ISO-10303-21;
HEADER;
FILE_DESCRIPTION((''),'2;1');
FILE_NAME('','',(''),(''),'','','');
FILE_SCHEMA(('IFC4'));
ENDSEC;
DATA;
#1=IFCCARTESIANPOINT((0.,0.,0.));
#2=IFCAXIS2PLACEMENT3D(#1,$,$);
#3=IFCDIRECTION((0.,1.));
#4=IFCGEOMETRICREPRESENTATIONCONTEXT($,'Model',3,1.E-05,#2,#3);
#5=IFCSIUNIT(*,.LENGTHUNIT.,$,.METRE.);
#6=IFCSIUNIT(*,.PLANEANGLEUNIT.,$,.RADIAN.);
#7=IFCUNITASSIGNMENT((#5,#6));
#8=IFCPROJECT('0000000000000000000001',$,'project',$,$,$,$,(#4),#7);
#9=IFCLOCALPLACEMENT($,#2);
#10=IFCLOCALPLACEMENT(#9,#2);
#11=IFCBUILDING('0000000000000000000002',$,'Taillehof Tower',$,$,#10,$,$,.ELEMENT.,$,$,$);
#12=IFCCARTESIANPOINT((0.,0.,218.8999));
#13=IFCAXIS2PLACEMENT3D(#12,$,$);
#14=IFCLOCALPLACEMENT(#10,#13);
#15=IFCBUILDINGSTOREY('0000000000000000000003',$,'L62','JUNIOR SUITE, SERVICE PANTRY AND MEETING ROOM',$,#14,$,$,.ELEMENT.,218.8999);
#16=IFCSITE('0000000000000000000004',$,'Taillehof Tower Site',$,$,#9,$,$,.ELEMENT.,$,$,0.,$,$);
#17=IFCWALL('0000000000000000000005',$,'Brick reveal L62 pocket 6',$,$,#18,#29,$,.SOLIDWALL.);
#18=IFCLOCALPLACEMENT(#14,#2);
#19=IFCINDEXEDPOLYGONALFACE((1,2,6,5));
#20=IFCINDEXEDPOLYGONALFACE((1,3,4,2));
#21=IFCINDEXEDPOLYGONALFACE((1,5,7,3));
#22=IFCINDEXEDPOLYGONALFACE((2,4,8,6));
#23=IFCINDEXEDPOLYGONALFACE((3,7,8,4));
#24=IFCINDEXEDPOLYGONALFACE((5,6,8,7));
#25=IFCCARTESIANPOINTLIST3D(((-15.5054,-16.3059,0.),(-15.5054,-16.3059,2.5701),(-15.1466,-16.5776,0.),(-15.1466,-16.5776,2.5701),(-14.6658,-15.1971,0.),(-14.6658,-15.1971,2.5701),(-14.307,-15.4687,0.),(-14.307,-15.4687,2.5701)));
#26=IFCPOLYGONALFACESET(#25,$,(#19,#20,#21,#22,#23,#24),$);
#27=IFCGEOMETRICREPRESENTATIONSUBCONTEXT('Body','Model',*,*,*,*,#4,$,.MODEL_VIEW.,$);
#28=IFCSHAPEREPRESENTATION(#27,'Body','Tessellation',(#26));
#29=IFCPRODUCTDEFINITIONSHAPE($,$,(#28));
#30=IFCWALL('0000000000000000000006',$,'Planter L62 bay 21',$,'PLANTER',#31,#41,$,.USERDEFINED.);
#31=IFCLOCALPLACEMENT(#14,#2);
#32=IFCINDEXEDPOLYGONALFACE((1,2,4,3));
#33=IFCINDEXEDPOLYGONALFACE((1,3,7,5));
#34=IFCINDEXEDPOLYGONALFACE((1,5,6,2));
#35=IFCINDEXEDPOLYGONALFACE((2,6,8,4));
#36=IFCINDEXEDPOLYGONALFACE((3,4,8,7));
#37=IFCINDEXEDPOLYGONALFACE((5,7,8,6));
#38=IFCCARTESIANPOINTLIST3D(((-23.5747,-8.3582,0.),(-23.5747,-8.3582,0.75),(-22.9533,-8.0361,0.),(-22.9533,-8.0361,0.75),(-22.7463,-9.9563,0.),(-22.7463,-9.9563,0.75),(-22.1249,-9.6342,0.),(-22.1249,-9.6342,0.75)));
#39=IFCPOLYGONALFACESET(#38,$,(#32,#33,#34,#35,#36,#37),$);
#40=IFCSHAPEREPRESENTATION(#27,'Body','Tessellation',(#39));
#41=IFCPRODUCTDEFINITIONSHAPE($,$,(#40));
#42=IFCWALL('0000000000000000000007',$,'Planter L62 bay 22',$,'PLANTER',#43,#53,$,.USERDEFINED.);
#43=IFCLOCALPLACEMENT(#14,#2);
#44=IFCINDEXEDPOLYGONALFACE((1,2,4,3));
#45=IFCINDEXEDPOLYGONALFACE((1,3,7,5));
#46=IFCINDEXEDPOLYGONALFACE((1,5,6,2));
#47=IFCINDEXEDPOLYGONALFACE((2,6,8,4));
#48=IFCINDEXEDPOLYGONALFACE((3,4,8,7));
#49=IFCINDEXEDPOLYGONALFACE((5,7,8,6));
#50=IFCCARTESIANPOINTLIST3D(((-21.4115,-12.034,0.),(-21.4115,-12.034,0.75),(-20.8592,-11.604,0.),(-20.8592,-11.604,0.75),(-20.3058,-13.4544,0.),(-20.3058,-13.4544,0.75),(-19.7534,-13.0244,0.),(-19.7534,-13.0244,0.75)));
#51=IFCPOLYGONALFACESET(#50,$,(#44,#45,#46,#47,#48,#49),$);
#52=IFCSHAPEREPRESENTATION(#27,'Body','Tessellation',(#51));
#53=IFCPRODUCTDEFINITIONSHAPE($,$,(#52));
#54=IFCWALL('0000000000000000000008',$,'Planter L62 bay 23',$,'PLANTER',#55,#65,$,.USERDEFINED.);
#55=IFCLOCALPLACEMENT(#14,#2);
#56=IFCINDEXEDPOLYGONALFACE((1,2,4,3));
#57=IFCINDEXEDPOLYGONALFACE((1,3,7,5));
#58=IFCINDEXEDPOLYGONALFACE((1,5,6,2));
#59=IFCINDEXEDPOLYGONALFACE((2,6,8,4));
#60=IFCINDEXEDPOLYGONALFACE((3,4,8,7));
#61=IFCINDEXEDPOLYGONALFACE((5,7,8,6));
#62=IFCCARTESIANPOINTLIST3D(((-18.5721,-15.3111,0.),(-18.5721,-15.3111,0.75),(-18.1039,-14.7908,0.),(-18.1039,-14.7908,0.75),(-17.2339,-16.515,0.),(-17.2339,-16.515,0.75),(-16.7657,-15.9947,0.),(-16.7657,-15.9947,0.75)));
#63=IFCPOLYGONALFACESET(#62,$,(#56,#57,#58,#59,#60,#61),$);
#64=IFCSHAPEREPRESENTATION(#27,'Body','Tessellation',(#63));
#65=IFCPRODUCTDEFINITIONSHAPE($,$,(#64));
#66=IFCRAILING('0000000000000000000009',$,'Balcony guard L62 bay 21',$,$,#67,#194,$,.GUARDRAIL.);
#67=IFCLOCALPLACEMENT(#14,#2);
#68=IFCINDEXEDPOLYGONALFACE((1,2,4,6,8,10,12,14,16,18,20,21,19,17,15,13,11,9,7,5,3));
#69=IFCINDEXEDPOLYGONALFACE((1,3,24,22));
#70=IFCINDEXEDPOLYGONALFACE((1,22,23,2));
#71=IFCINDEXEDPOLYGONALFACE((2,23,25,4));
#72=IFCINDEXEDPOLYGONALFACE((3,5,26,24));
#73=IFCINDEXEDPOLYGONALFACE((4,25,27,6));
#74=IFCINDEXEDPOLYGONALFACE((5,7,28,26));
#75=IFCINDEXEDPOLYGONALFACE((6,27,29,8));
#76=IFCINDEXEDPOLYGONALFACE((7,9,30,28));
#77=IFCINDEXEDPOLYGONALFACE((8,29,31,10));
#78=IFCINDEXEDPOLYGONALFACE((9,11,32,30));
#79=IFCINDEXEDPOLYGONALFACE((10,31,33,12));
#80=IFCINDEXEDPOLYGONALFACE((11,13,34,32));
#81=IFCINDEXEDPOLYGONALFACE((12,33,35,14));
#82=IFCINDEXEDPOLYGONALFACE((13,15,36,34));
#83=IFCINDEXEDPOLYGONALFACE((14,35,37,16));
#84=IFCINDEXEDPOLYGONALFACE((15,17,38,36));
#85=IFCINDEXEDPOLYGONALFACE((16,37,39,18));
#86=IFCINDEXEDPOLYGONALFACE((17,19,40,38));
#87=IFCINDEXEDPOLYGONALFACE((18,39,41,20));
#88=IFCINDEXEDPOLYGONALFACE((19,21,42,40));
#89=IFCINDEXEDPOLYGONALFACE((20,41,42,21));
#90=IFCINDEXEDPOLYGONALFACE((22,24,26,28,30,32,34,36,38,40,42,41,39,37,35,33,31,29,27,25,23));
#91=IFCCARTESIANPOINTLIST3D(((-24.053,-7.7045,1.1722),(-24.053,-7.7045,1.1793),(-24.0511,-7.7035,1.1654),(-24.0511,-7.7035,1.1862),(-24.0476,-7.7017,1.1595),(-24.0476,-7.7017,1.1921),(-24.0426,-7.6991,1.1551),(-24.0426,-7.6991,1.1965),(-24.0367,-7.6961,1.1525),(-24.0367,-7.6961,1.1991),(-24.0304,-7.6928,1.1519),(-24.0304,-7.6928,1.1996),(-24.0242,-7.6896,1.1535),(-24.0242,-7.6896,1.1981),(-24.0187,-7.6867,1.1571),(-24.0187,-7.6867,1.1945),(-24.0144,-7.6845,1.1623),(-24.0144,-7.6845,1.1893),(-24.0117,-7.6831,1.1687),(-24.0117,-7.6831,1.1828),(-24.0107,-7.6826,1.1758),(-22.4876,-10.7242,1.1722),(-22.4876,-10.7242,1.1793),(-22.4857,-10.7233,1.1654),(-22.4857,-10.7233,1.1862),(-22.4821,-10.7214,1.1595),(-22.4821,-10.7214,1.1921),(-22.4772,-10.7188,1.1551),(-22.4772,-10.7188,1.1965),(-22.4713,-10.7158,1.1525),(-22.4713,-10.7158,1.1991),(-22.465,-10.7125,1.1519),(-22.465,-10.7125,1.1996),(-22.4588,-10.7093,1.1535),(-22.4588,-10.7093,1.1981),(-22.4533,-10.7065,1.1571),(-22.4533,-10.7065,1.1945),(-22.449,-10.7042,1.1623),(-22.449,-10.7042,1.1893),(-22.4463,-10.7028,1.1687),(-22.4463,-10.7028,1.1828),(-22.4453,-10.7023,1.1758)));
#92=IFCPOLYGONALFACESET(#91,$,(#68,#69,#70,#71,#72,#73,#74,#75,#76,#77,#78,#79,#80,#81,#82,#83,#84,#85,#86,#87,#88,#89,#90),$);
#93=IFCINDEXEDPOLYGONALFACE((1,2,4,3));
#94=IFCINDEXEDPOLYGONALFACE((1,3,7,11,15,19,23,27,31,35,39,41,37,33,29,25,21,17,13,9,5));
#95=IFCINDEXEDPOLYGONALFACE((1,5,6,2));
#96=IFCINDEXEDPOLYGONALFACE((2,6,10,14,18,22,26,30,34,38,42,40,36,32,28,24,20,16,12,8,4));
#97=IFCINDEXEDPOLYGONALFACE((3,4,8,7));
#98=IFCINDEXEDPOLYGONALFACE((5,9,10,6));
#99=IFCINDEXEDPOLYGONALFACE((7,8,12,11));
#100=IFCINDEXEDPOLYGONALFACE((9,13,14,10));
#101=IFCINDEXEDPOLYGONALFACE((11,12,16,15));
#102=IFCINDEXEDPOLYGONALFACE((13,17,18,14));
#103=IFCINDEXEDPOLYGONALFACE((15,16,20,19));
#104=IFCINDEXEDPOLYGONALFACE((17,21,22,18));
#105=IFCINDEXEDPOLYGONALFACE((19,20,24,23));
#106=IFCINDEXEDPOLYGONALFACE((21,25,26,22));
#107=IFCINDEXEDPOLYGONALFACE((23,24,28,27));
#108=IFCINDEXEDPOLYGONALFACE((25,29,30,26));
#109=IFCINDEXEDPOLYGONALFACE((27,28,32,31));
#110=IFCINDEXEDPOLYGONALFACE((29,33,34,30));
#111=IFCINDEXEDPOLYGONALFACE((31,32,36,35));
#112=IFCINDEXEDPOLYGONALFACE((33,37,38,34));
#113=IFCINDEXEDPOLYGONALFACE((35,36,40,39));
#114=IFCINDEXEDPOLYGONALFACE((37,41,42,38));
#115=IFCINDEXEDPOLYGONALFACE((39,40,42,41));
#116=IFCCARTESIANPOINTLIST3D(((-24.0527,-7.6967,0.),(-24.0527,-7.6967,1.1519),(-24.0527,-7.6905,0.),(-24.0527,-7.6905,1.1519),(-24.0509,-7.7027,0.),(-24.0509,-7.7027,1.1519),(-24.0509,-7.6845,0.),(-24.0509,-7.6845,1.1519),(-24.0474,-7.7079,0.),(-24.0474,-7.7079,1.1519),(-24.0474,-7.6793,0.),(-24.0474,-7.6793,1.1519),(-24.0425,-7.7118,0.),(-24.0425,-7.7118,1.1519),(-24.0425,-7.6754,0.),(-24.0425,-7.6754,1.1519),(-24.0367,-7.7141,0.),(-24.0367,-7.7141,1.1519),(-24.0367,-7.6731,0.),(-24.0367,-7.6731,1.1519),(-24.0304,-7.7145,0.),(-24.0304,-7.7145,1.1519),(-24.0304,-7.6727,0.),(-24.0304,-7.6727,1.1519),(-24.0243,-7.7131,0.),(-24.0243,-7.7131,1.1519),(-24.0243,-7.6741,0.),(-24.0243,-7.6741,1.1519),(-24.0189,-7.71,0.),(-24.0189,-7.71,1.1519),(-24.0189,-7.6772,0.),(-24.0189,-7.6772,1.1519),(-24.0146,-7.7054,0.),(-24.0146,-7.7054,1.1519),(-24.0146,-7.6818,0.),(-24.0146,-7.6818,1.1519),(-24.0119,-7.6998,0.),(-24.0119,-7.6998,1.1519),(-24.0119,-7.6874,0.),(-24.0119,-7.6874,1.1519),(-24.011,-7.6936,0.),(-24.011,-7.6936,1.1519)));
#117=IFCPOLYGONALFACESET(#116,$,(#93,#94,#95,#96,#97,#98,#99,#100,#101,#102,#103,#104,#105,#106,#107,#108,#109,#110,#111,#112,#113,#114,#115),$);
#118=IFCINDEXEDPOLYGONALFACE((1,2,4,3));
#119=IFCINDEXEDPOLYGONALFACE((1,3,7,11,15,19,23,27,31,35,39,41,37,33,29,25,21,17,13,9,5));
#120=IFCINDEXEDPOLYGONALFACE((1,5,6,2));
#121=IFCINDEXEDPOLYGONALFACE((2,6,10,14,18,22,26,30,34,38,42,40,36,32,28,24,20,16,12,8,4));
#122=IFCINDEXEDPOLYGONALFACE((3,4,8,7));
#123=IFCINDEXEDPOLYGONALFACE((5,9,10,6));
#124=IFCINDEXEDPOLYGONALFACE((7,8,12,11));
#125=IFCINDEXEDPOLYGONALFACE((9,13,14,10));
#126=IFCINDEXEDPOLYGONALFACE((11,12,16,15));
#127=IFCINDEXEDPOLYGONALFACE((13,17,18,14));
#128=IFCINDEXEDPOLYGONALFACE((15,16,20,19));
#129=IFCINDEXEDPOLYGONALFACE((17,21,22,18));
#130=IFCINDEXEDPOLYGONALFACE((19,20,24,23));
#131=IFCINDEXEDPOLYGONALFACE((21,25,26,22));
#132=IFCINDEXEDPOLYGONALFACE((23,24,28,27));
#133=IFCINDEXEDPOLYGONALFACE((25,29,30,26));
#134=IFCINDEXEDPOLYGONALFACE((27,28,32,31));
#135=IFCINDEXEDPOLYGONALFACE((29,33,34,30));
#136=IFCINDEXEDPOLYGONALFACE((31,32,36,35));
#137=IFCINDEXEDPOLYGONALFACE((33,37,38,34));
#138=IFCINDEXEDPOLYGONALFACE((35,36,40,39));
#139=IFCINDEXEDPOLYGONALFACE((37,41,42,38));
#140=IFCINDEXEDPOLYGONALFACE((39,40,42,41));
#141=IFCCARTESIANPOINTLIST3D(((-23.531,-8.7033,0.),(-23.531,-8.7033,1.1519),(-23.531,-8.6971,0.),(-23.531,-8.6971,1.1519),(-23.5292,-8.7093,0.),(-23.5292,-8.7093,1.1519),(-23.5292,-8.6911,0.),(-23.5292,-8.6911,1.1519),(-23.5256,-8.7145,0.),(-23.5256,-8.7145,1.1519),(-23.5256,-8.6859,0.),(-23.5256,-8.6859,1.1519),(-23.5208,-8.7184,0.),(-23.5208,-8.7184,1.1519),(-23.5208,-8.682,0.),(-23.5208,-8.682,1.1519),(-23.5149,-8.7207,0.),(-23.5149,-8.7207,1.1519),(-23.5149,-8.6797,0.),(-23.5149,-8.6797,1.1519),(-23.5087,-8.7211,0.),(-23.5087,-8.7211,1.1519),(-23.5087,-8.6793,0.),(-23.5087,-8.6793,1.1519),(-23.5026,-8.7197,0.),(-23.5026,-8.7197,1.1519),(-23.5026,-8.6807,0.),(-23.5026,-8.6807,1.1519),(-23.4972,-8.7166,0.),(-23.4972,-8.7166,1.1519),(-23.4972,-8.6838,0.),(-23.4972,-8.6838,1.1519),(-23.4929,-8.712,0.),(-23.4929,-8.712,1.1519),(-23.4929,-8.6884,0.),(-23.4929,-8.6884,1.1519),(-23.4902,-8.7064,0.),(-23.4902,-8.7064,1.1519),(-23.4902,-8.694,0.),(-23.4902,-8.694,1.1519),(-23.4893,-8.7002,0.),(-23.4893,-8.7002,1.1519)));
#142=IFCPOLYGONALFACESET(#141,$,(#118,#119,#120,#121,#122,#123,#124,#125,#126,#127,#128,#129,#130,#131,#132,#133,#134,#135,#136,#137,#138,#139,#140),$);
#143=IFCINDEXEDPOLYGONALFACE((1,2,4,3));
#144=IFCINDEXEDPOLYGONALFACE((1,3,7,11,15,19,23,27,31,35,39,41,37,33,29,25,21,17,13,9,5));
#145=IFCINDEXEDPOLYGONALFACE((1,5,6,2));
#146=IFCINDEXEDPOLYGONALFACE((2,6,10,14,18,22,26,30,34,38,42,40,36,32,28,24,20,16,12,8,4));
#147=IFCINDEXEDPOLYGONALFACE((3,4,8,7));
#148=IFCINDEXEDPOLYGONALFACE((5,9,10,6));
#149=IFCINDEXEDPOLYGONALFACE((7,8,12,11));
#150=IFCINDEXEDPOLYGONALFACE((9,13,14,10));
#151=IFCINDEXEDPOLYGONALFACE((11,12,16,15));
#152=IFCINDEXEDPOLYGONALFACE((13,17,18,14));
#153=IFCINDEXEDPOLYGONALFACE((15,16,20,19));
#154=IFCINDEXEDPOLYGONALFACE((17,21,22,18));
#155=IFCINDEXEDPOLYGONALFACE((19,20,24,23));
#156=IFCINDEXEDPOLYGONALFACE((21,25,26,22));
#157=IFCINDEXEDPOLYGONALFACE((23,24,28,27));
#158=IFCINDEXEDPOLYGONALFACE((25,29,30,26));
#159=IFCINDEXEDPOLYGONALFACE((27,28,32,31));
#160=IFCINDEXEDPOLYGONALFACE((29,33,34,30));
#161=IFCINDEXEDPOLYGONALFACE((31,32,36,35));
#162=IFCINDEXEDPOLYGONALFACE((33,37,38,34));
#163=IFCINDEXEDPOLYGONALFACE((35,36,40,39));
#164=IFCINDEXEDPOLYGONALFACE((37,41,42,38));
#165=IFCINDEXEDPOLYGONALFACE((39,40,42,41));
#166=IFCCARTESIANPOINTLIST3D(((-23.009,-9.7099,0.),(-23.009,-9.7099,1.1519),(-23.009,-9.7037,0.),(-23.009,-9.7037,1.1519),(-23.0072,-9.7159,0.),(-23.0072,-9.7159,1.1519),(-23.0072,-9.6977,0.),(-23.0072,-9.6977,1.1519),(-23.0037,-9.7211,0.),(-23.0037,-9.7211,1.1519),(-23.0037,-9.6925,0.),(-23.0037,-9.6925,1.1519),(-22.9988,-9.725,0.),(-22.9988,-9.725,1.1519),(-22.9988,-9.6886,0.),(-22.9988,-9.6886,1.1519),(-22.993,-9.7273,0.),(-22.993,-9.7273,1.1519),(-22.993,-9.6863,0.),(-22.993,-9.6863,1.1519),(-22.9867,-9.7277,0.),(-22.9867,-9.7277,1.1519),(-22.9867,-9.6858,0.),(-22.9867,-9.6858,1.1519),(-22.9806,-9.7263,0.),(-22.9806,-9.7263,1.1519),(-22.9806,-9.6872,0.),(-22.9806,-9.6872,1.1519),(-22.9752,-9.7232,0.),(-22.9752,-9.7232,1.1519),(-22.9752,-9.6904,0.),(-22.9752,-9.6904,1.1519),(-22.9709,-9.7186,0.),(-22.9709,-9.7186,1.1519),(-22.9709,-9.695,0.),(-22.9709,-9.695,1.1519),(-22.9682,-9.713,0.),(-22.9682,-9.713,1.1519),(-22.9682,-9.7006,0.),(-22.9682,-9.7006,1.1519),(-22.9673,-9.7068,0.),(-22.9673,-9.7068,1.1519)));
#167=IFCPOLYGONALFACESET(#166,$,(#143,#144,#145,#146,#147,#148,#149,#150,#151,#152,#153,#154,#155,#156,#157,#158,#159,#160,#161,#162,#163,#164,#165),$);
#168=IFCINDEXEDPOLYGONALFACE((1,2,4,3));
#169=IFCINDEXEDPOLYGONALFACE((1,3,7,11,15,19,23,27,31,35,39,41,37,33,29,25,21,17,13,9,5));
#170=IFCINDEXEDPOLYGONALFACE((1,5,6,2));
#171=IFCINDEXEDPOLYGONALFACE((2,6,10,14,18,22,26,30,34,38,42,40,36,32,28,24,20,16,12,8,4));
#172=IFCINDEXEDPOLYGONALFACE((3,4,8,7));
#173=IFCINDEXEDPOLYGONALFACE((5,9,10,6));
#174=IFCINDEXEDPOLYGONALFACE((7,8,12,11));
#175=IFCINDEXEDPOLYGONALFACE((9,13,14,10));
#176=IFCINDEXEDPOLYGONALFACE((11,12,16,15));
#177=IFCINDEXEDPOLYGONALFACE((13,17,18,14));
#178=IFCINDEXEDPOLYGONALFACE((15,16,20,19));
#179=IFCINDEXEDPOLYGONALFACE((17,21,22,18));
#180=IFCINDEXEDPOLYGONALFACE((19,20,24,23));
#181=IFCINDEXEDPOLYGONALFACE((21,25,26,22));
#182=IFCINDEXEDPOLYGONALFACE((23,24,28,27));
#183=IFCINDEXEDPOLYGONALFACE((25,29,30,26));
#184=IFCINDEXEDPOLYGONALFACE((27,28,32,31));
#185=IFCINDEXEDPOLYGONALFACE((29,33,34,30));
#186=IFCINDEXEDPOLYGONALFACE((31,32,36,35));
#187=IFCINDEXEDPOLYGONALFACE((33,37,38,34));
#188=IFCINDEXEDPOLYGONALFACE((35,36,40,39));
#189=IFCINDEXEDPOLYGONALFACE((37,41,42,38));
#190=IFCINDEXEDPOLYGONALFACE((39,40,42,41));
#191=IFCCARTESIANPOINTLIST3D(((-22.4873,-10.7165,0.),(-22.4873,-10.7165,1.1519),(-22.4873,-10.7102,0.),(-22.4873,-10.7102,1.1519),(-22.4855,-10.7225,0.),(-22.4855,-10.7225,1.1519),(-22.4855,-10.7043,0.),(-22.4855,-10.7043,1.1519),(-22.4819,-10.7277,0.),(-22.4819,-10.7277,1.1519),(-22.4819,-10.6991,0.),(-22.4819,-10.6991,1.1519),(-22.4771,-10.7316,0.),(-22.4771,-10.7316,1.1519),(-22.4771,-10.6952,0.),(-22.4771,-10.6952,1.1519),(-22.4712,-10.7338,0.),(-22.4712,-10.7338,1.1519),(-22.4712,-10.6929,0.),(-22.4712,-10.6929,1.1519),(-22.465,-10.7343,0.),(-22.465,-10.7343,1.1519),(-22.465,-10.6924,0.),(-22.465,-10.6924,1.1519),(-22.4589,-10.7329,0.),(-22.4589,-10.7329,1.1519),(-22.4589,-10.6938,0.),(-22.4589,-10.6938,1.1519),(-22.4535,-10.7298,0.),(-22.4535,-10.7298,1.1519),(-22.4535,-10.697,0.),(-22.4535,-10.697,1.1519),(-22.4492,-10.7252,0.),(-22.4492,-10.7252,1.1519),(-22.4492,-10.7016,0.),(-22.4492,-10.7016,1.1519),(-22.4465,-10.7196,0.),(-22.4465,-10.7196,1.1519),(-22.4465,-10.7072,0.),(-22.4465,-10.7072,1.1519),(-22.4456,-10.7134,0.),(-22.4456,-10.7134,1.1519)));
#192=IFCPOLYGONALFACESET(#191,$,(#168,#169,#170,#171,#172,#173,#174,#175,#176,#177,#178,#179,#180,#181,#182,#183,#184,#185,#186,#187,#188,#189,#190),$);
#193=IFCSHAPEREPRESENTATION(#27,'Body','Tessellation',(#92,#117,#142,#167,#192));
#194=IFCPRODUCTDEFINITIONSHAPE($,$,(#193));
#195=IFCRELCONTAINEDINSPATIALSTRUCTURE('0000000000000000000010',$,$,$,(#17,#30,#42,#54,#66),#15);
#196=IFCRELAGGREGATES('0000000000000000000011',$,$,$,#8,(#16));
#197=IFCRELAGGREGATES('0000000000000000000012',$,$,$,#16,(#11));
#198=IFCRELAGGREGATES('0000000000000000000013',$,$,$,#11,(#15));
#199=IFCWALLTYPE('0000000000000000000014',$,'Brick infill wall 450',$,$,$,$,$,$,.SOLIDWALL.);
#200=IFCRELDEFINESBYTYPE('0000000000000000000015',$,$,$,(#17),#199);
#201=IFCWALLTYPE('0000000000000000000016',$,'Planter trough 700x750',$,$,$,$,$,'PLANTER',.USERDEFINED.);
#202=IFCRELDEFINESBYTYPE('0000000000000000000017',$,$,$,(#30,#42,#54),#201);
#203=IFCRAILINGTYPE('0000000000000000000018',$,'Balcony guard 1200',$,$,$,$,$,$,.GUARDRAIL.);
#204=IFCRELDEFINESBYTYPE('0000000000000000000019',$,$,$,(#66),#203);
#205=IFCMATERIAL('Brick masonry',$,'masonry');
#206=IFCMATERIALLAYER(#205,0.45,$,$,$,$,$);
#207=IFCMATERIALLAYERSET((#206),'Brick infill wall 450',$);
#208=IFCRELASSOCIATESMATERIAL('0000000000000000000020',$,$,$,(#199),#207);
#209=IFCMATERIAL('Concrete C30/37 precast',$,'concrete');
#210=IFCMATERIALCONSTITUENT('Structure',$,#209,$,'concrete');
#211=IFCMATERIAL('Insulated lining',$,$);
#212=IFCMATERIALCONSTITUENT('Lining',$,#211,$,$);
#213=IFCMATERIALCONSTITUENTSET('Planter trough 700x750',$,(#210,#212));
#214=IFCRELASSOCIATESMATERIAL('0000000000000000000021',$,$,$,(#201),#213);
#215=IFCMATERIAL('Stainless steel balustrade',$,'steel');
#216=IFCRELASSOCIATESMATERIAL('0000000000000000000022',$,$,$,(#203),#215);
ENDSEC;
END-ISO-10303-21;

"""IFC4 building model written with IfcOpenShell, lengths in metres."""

from ifc_helpers import new_model, si_unit, direction, frame, frame_2d, origin, origin_2d, place, context, subcontext, project, spatial, rectangle, circle, extrude, material, layer, layer_set, constituent, constituent_set, type_object, element, save


model = new_model("IFC4")

# Units and contexts
model_context = context("Model", 3, precision=1e-05, world=origin(), true_north=direction((0.0, 1.0)))
body_context = subcontext(model_context, "Body", "Model", "MODEL_VIEW")
ifc_project = project(units=[si_unit("LENGTHUNIT", "METRE"), si_unit("PLANEANGLEUNIT", "RADIAN")], contexts=[model_context])

# Site, building, storey
site_placement = place(None, origin())
site = spatial("IfcSite", under=ifc_project, at=site_placement, Name="Taillehof Tower Site", CompositionType="ELEMENT", RefElevation=0.0)
building_placement = place(site_placement, origin())
building = spatial("IfcBuilding", under=site, at=building_placement, Name="Taillehof Tower", CompositionType="ELEMENT")
storey_placement = place(building_placement, frame((0.0, 0.0, 218.8999)))
storey = spatial("IfcBuildingStorey", under=building, at=storey_placement, Name="L62", Description="JUNIOR SUITE, SERVICE PANTRY AND MEETING ROOM", CompositionType="ELEMENT", Elevation=218.8999)

# Shared definitions
ifc_material_1 = material(Name="Brick masonry", Category="masonry")
ifc_layer = layer(ifc_material_1, 0.45)
ifc_layer_set = layer_set([ifc_layer], Name="Brick infill wall 450")
wall_type_1 = type_object("IfcWallType", Name="Brick infill wall 450", PredefinedType="SOLIDWALL", material=ifc_layer_set)

# Wall
wall_1_placement = place(storey_placement, frame((-15.3259, -16.4417, 0.0), z_axis=(0.0, 0.0, 1.0), x_axis=(0.603645, 0.797253, 0.0)))
element("IfcWall", 1, at=wall_1_placement, inside=storey, type_object=wall_type_1, Name="Brick reveal L62 pocket 6", PredefinedType="SOLIDWALL", context=body_context, shape_type="SweptSolid", body=[
    extrude(rectangle(XDim=1.3909, YDim=0.45, at=frame_2d((0.6953, 0.0))), origin(), (0.0, 0.0, 1.0), 2.5701),
])

# Walls
ifc_material_2 = material(Name="Concrete C30/37 precast", Category="concrete")
ifc_constituent_1 = constituent(ifc_material_2, Name="Structure", Category="concrete")
ifc_material_3 = material(Name="Insulated lining")
ifc_constituent_2 = constituent(ifc_material_3, Name="Lining")
ifc_constituent_set = constituent_set(constituents=[ifc_constituent_1, ifc_constituent_2], Name="Planter trough 700x750")
wall_type_2 = type_object("IfcWallType", Name="Planter trough 700x750", ElementType="PLANTER", PredefinedType="USERDEFINED", material=ifc_constituent_set)
for number, where, z_axis, x_axis, name in (
    (2, (-23.2639, -8.1973, 0.0), (0.0, 0.0, 1.0), (0.460187, -0.887822, 0.0), "Planter L62 bay 21"),
    (3, (-21.1353, -11.8191, 0.0), (0.0, 0.0, 1.0), (0.614269, -0.789097, 0.0), "Planter L62 bay 22"),
    (4, (-18.3379, -15.051, 0.0), (0.0, 0.0, 1.0), (0.743422, -0.668822, 0.0), "Planter L62 bay 23"),
):
    element("IfcWall", number, at=place(storey_placement, frame(where, z_axis=z_axis, x_axis=x_axis)), inside=storey, type_object=wall_type_2, Name=name, ObjectType="PLANTER", PredefinedType="USERDEFINED", context=body_context, shape_type="SweptSolid", body=[
        extrude(rectangle(XDim=1.8, YDim=0.7, at=frame_2d((0.8999, 0.0))), origin(), (0.0, 0.0, 1.0), 0.75),
    ])

# Railing
ifc_material_4 = material(Name="Stainless steel balustrade", Category="steel")
railing_type = type_object("IfcRailingType", Name="Balcony guard 1200", PredefinedType="GUARDRAIL", material=ifc_material_4)
railing_1_placement = place(storey_placement, frame((-24.032, -7.6936, 0.0)))
element("IfcRailing", 5, at=railing_1_placement, inside=storey, type_object=railing_type, Name="Balcony guard L62 bay 21", PredefinedType="GUARDRAIL", context=body_context, shape_type="SweptSolid", body=[
    extrude(circle(Radius=0.0239, at=origin_2d()), frame((0.0, 0.0, 1.1758), z_axis=(0.460229, -0.8878, 0.0), x_axis=(0.8878, 0.460229, 0.0)), (0.0, 0.0, 1.0), 3.4014),
    extrude(circle(Radius=0.021, at=origin_2d()), origin(), (0.0, 0.0, 1.0), 1.1519),
    extrude(circle(Radius=0.021, at=origin_2d()), frame((0.5217, -1.0066, 0.0)), (0.0, 0.0, 1.0), 1.1519),
    extrude(circle(Radius=0.021, at=origin_2d()), frame((1.0437, -2.0132, 0.0)), (0.0, 0.0, 1.0), 1.1519),
    extrude(circle(Radius=0.021, at=origin_2d()), frame((1.5654, -3.0198, 0.0)), (0.0, 0.0, 1.0), 1.1519),
])

save(model, "model.ifc")
